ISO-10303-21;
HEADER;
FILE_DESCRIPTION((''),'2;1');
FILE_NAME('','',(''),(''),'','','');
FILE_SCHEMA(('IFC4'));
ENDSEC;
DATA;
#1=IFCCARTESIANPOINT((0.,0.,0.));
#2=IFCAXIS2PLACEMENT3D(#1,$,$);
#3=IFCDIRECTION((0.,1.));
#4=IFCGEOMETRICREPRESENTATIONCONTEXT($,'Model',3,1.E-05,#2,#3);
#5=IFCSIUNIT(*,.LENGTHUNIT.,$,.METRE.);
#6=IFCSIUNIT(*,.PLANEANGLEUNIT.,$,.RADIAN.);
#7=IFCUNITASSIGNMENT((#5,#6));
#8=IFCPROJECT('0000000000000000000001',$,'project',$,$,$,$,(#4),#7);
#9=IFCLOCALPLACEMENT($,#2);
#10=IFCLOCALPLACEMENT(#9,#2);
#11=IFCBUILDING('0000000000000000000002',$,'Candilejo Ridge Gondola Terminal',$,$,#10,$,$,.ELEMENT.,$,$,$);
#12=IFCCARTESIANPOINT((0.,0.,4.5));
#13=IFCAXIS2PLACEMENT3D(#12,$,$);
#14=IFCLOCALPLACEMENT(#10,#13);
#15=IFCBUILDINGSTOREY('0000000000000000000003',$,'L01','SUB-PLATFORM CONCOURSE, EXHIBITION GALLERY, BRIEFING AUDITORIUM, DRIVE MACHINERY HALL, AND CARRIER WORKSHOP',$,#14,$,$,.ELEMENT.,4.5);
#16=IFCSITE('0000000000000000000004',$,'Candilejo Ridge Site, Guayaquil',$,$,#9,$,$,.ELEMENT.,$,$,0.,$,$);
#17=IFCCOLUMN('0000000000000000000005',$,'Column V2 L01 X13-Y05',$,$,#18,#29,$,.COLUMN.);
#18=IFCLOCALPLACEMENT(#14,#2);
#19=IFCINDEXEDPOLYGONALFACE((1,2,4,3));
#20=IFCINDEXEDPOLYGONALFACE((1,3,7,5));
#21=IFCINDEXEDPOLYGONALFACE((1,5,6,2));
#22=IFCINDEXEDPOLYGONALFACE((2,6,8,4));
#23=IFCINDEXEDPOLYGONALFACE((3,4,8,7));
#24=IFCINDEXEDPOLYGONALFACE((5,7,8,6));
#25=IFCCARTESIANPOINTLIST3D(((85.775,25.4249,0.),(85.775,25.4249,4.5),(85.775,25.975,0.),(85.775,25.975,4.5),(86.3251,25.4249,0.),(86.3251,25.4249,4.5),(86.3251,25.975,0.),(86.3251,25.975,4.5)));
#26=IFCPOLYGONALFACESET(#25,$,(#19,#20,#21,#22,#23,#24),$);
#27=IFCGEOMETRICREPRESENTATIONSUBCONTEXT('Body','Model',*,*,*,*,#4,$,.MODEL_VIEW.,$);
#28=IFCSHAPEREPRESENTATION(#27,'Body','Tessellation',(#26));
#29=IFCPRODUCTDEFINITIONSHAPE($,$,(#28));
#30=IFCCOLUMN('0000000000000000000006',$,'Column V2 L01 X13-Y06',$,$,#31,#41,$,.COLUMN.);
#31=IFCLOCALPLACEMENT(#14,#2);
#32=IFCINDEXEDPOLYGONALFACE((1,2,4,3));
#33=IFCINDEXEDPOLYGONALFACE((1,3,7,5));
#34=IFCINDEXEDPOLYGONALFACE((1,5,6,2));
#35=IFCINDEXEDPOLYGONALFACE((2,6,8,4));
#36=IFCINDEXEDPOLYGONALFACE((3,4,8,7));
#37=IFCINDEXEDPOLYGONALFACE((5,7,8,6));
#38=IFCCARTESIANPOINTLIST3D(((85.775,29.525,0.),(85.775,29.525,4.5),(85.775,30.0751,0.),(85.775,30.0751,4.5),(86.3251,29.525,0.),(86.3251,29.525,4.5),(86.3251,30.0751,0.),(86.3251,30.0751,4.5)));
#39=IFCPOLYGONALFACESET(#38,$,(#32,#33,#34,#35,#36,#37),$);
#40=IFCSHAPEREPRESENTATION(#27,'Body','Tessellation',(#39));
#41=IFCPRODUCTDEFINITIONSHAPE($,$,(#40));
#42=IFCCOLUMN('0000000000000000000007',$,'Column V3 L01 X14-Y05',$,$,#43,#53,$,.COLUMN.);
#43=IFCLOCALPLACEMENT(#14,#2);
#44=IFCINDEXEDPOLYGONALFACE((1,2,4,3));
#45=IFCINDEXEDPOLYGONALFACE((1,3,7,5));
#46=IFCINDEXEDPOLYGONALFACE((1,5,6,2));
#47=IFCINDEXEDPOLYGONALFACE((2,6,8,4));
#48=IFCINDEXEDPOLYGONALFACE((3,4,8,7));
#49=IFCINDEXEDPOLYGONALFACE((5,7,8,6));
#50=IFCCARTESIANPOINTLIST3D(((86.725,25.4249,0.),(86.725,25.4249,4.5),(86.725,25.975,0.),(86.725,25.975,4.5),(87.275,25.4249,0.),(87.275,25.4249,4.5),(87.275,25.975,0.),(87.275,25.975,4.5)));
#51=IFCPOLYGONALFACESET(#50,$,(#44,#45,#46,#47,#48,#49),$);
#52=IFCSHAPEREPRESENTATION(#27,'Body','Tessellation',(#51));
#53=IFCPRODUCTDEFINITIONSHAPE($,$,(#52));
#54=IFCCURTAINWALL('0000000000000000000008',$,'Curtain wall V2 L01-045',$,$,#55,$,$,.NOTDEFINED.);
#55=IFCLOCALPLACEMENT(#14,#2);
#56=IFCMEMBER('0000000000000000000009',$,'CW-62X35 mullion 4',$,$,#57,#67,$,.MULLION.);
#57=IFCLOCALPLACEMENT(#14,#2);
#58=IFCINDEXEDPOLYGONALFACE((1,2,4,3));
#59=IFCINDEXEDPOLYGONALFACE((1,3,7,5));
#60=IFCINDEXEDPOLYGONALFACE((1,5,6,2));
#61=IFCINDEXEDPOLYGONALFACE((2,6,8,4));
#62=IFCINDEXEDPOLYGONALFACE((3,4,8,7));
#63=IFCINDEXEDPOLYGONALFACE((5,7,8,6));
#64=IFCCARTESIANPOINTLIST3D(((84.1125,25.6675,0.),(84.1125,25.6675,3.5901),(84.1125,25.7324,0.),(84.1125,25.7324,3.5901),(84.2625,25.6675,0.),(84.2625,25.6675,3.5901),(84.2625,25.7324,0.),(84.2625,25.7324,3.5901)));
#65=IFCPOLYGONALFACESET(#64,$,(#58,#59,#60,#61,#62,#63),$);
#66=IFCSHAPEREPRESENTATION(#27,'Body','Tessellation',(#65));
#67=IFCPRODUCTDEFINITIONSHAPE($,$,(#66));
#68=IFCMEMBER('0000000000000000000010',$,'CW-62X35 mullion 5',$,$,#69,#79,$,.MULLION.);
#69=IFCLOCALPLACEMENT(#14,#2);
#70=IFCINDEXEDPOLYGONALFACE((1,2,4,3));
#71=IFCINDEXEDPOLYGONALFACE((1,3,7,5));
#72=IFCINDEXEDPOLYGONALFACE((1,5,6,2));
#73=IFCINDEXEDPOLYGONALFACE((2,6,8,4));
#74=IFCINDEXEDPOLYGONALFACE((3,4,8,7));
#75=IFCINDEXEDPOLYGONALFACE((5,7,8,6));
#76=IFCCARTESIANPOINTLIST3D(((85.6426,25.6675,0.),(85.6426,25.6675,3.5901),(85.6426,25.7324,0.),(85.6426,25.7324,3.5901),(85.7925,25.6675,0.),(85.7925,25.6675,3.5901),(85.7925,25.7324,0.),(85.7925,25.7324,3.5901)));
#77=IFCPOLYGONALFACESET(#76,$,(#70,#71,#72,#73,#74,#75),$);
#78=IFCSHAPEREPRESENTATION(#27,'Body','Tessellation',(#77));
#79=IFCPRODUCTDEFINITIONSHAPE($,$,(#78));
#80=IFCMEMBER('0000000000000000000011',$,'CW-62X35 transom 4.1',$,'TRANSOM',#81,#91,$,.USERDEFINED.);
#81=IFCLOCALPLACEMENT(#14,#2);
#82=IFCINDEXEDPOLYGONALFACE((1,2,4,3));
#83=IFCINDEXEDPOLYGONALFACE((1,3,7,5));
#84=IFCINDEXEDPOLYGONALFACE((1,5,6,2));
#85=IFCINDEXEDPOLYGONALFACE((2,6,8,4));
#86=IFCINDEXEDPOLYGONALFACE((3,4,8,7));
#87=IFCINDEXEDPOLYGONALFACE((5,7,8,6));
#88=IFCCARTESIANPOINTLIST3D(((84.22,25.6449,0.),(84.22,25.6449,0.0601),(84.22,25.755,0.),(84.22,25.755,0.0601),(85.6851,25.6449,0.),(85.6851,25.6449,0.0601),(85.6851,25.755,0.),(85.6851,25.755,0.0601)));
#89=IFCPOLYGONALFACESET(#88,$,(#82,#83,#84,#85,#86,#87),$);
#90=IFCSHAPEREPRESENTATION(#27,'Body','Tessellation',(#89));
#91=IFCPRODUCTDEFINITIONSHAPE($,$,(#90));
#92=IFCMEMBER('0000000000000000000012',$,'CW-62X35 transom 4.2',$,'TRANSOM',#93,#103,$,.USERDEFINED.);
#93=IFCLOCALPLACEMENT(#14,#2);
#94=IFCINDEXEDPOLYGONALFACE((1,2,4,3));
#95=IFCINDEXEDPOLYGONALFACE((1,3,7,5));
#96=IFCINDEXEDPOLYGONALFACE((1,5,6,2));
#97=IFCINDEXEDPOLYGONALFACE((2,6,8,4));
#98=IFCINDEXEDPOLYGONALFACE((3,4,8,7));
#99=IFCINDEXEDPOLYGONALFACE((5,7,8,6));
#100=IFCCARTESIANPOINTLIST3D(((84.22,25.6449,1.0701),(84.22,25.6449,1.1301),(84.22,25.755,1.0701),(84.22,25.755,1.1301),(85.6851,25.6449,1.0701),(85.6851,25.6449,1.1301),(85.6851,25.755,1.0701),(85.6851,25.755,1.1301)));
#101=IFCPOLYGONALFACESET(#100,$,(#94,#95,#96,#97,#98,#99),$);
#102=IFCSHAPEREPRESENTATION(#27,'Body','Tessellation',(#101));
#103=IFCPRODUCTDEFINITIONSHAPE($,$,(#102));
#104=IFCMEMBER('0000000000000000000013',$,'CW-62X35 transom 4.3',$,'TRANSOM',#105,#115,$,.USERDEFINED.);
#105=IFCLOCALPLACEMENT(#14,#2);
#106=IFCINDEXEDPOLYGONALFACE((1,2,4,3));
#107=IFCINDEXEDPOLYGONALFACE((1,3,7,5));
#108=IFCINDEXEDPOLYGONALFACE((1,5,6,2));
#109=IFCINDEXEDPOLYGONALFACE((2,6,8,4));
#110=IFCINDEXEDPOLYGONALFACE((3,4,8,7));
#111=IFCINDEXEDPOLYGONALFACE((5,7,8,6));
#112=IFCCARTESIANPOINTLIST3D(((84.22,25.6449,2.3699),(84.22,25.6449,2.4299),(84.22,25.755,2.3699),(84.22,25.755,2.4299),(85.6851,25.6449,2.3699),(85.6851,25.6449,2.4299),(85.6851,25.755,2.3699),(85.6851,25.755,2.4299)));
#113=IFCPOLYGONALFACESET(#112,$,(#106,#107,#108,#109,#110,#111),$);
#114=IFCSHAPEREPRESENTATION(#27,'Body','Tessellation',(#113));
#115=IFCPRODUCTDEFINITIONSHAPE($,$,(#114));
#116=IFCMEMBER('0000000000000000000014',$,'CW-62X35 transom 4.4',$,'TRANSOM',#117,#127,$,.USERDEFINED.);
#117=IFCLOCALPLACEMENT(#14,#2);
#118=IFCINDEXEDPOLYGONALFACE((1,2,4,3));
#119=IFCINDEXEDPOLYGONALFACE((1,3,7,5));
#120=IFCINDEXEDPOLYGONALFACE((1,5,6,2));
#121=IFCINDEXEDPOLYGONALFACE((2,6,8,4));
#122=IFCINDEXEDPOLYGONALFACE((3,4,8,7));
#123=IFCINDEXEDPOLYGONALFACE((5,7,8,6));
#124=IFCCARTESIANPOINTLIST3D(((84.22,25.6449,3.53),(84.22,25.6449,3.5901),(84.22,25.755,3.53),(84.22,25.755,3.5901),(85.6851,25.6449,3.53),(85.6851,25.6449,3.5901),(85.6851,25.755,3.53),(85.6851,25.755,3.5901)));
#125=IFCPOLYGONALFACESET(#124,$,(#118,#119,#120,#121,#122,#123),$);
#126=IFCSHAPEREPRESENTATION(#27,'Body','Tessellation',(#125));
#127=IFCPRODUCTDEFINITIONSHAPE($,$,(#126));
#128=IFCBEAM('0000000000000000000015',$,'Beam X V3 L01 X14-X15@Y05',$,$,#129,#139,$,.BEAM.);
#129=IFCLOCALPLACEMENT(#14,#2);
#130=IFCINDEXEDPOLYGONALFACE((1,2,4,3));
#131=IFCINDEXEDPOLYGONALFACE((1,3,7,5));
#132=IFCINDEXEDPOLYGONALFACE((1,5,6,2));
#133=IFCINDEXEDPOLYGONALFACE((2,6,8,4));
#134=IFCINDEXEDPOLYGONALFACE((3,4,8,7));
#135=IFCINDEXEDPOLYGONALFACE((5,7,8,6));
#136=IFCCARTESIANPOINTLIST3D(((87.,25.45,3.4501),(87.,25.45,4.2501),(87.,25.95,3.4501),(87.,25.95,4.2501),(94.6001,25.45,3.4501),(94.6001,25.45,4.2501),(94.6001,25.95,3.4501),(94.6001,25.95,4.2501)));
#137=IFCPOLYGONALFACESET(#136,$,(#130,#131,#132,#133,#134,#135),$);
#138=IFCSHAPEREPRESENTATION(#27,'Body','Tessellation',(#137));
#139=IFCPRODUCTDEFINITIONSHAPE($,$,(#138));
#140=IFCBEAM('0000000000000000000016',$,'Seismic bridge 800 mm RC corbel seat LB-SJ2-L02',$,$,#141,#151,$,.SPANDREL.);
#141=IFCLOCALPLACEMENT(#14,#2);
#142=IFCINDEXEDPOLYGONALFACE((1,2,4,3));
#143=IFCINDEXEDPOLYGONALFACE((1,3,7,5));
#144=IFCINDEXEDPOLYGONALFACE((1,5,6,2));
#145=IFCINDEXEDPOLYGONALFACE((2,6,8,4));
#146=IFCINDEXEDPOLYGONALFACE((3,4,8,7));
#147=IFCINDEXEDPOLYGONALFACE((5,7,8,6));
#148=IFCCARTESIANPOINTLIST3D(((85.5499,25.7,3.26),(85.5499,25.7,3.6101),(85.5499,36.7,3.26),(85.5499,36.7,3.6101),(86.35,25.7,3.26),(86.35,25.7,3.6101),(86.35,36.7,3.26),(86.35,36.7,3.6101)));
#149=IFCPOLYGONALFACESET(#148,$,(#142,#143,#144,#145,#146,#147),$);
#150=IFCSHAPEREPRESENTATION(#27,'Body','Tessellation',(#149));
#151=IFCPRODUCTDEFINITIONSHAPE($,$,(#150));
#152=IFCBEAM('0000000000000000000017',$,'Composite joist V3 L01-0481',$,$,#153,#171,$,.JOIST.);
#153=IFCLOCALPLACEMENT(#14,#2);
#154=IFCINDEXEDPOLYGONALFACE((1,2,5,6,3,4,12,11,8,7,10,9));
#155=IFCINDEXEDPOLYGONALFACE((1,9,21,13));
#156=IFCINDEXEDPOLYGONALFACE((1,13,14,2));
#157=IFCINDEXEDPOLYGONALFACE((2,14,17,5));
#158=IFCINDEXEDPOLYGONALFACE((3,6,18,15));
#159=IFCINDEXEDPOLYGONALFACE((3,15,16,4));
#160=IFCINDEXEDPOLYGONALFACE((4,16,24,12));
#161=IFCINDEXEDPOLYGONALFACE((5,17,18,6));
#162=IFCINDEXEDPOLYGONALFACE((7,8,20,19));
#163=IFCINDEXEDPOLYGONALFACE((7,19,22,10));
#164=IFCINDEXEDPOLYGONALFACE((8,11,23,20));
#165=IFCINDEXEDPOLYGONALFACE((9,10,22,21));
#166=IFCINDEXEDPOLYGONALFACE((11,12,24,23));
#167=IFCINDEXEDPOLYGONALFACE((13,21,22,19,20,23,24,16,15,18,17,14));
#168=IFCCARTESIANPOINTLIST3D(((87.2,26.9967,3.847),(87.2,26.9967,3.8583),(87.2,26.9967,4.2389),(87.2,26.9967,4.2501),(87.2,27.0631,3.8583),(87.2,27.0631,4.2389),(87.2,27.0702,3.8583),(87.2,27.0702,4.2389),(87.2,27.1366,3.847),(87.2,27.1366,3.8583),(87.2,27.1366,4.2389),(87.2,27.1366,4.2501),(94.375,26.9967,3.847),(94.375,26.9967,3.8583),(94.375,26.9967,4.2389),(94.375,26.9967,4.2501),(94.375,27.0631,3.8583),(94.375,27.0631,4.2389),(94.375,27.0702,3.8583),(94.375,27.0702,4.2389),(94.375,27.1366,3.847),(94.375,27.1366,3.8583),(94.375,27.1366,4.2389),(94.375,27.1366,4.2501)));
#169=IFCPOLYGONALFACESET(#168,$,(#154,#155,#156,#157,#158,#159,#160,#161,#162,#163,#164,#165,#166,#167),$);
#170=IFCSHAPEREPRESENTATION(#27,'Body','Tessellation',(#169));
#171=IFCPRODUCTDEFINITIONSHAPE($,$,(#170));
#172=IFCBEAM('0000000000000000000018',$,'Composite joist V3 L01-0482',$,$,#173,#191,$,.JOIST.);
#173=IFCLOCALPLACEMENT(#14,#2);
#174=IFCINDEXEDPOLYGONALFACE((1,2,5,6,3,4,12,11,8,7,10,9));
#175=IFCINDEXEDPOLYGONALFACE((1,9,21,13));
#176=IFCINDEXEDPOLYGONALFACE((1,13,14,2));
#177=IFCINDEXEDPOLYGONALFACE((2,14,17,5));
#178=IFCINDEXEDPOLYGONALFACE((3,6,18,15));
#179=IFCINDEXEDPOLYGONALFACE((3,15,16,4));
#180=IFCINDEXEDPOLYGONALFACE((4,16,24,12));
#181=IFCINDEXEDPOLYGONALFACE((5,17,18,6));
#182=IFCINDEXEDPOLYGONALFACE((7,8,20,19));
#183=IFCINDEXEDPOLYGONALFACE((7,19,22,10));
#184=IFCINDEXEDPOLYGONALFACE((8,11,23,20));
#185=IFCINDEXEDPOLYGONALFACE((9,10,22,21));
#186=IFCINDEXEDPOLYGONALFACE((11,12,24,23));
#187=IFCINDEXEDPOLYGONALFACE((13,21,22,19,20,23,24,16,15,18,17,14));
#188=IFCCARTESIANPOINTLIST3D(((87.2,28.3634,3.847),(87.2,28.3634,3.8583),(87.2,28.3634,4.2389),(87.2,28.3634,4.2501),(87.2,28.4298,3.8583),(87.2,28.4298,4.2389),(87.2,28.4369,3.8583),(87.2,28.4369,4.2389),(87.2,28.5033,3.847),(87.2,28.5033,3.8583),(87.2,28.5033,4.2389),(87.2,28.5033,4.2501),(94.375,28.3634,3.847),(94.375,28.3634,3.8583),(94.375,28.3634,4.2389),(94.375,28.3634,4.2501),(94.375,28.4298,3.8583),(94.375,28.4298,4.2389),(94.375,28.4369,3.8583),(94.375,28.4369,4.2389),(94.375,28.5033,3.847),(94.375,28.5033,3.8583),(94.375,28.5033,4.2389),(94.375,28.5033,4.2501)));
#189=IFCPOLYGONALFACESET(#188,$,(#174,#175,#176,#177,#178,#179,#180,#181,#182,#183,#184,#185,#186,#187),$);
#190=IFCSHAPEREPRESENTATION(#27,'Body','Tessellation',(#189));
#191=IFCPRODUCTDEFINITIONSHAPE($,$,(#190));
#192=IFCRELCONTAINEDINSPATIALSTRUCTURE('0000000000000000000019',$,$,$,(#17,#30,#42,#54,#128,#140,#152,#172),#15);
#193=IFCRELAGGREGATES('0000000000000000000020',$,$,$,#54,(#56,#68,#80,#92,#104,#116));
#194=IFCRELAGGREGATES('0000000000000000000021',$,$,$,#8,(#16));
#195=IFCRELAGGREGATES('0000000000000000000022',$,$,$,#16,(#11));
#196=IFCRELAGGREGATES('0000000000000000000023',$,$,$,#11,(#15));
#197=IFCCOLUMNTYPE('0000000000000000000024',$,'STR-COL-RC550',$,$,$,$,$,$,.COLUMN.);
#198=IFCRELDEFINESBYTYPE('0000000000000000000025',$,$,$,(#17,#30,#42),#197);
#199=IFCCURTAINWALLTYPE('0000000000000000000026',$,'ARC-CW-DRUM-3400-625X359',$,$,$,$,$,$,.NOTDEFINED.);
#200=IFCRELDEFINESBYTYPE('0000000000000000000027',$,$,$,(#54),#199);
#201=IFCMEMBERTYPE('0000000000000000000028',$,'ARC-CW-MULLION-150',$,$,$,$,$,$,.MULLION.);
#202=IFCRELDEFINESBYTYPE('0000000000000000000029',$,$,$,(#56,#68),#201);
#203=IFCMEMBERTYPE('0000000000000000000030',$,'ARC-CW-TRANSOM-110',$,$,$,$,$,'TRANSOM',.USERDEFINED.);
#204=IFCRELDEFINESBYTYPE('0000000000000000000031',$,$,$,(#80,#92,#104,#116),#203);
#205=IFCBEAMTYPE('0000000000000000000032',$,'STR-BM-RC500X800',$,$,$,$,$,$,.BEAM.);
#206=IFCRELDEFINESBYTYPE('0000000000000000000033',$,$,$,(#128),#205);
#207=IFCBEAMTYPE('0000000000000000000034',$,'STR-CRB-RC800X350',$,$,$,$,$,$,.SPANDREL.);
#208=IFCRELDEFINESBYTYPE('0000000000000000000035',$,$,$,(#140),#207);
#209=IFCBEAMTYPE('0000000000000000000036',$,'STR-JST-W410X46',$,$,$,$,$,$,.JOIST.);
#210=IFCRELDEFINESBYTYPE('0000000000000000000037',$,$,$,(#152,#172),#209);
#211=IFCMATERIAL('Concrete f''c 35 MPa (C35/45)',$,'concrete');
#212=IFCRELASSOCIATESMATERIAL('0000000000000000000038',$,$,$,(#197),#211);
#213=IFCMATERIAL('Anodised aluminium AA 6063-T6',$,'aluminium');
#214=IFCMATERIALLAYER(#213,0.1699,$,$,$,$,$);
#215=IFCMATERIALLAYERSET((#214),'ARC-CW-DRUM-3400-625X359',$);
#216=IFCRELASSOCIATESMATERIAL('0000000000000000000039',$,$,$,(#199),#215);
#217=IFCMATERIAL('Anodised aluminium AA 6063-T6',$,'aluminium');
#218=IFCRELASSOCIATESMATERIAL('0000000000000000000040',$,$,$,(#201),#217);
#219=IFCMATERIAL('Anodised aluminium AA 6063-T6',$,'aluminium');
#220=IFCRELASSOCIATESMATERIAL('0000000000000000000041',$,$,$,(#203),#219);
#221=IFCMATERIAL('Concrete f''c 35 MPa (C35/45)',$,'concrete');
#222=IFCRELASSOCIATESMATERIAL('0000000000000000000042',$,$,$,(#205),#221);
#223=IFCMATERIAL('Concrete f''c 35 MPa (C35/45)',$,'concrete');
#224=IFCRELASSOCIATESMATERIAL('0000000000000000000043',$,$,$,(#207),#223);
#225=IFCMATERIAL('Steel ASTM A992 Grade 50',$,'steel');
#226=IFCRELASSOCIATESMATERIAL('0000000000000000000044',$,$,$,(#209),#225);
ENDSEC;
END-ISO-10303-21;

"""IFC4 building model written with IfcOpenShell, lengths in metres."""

from ifc_helpers import new_model, si_unit, direction, frame, origin, origin_2d, place, context, subcontext, project, spatial, rectangle, i_section, extrude, material, layer, layer_set, material_profile, profile_set, type_object, element, aggregate, save


model = new_model("IFC4")

# Units and contexts
model_context = context("Model", 3, precision=1e-05, world=origin(), true_north=direction((0.0, 1.0)))
body_context = subcontext(model_context, "Body", "Model", "MODEL_VIEW")
ifc_project = project(units=[si_unit("LENGTHUNIT", "METRE"), si_unit("PLANEANGLEUNIT", "RADIAN")], contexts=[model_context])

# Site, building, storey
site_placement = place(None, origin())
site = spatial("IfcSite", under=ifc_project, at=site_placement, Name="Candilejo Ridge Site, Guayaquil", CompositionType="ELEMENT", RefElevation=0.0)
building_placement = place(site_placement, origin())
building = spatial("IfcBuilding", under=site, at=building_placement, Name="Candilejo Ridge Gondola Terminal", CompositionType="ELEMENT")
storey_placement = place(building_placement, frame((0.0, 0.0, 4.5)))
storey = spatial("IfcBuildingStorey", under=building, at=storey_placement, Name="L01", Description="SUB-PLATFORM CONCOURSE, EXHIBITION GALLERY, BRIEFING AUDITORIUM, DRIVE MACHINERY HALL, AND CARRIER WORKSHOP", CompositionType="ELEMENT", Elevation=4.5)

# Columns
ifc_material_1 = material(Name="Concrete f'c 35 MPa (C35/45)", Category="concrete")
ifc_material_profile_1 = material_profile(ifc_material_1, rectangle(XDim=0.55, YDim=0.55, at=origin_2d()))
ifc_profile_set_1 = profile_set([ifc_material_profile_1], Name="Concrete f'c 35 MPa (C35/45)")
column_type = type_object("IfcColumnType", Name="STR-COL-RC550", PredefinedType="COLUMN", material=ifc_profile_set_1)
for number, where, z_axis, x_axis, name in (
    (1, (86.05, 25.7, 0.0), (0.0, 0.0, 1.0), (1.0, 0.0, 0.0), "Column V2 L01 X13-Y05"),
    (2, (86.05, 29.8, 0.0), (0.0, 0.0, 1.0), (1.0, 0.0, 0.0), "Column V2 L01 X13-Y06"),
    (3, (87.0, 25.7, 0.0), (0.0, 0.0, 1.0), (1.0, 0.0, 0.0), "Column V3 L01 X14-Y05"),
):
    element("IfcColumn", number, at=place(storey_placement, frame(where, z_axis=z_axis, x_axis=x_axis)), inside=storey, type_object=column_type, Name=name, PredefinedType="COLUMN", context=body_context, shape_type="SweptSolid", body=[
        extrude(rectangle(XDim=0.55, YDim=0.55, at=origin_2d()), origin(), (0.0, 0.0, 1.0), 4.5),
    ])

# Curtain wall, members
ifc_material_2 = material(Name="Anodised aluminium AA 6063-T6", Category="aluminium")
ifc_layer_1 = layer(ifc_material_2, 0.1699)
ifc_layer_set_1 = layer_set([ifc_layer_1], Name="ARC-CW-DRUM-3400-625X359")
curtain_wall_type = type_object("IfcCurtainWallType", Name="ARC-CW-DRUM-3400-625X359", PredefinedType="NOTDEFINED", material=ifc_layer_set_1)
curtain_wall_placement = place(storey_placement, origin())
curtain_wall = element("IfcCurtainWall", 4, at=curtain_wall_placement, inside=storey, type_object=curtain_wall_type, Name="Curtain wall V2 L01-045", PredefinedType="NOTDEFINED")
ifc_material_3 = material(Name="Anodised aluminium AA 6063-T6", Category="aluminium")
ifc_material_profile_2 = material_profile(ifc_material_3, rectangle(XDim=0.0649, YDim=0.1499, at=origin_2d()))
ifc_profile_set_2 = profile_set([ifc_material_profile_2], Name="Anodised aluminium AA 6063-T6")
member_type_1 = type_object("IfcMemberType", Name="ARC-CW-MULLION-150", PredefinedType="MULLION", material=ifc_profile_set_2)
member_1_placement = place(storey_placement, frame((84.1875, 25.7, 0.0), z_axis=(0.0, 0.0, 1.0), x_axis=(0.0, 1.0, 0.0)))
member_1 = element("IfcMember", 5, at=member_1_placement, type_object=member_type_1, Name="CW-62X35 mullion 4", PredefinedType="MULLION", context=body_context, shape_type="SweptSolid", body=[
    extrude(rectangle(XDim=0.0649, YDim=0.1499, at=origin_2d()), origin(), (0.0, 0.0, 1.0), 3.5901),
])
member_2_placement = place(storey_placement, frame((85.7175, 25.7, 0.0), z_axis=(0.0, 0.0, 1.0), x_axis=(0.0, 1.0, 0.0)))
member_2 = element("IfcMember", 6, at=member_2_placement, type_object=member_type_1, Name="CW-62X35 mullion 5", PredefinedType="MULLION", context=body_context, shape_type="SweptSolid", body=[
    extrude(rectangle(XDim=0.0649, YDim=0.1499, at=origin_2d()), origin(), (0.0, 0.0, 1.0), 3.5901),
])
ifc_material_4 = material(Name="Anodised aluminium AA 6063-T6", Category="aluminium")
ifc_material_profile_3 = material_profile(ifc_material_4, rectangle(XDim=0.1101, YDim=0.0601, at=origin_2d()))
ifc_profile_set_3 = profile_set([ifc_material_profile_3], Name="Anodised aluminium AA 6063-T6")
member_type_2 = type_object("IfcMemberType", Name="ARC-CW-TRANSOM-110", ElementType="TRANSOM", PredefinedType="USERDEFINED", material=ifc_profile_set_3)
member_3_placement = place(storey_placement, frame((84.22, 25.7, 0.03), z_axis=(1.0, 0.0, 0.0), x_axis=(0.0, 1.0, 0.0)))
member_3 = element("IfcMember", 7, at=member_3_placement, type_object=member_type_2, Name="CW-62X35 transom 4.1", ObjectType="TRANSOM", PredefinedType="USERDEFINED", context=body_context, shape_type="SweptSolid", body=[
    extrude(rectangle(XDim=0.1101, YDim=0.0601, at=origin_2d()), origin(), (0.0, 0.0, 1.0), 1.4651),
])
member_4_placement = place(storey_placement, frame((84.22, 25.7, 1.1001), z_axis=(1.0, 0.0, 0.0), x_axis=(0.0, 1.0, 0.0)))
member_4 = element("IfcMember", 8, at=member_4_placement, type_object=member_type_2, Name="CW-62X35 transom 4.2", ObjectType="TRANSOM", PredefinedType="USERDEFINED", context=body_context, shape_type="SweptSolid", body=[
    extrude(rectangle(XDim=0.1101, YDim=0.0601, at=origin_2d()), origin(), (0.0, 0.0, 1.0), 1.4651),
])
member_5_placement = place(storey_placement, frame((84.22, 25.7, 2.3999), z_axis=(1.0, 0.0, 0.0), x_axis=(0.0, 1.0, 0.0)))
member_5 = element("IfcMember", 9, at=member_5_placement, type_object=member_type_2, Name="CW-62X35 transom 4.3", ObjectType="TRANSOM", PredefinedType="USERDEFINED", context=body_context, shape_type="SweptSolid", body=[
    extrude(rectangle(XDim=0.1101, YDim=0.0601, at=origin_2d()), origin(), (0.0, 0.0, 1.0), 1.4651),
])
member_6_placement = place(storey_placement, frame((84.22, 25.7, 3.5601), z_axis=(1.0, 0.0, 0.0), x_axis=(0.0, 1.0, 0.0)))
member_6 = element("IfcMember", 10, at=member_6_placement, type_object=member_type_2, Name="CW-62X35 transom 4.4", ObjectType="TRANSOM", PredefinedType="USERDEFINED", context=body_context, shape_type="SweptSolid", body=[
    extrude(rectangle(XDim=0.1101, YDim=0.0601, at=origin_2d()), origin(), (0.0, 0.0, 1.0), 1.4651),
])

# Beams
ifc_material_5 = material(Name="Concrete f'c 35 MPa (C35/45)", Category="concrete")
ifc_material_profile_4 = material_profile(ifc_material_5, rectangle(XDim=0.5, YDim=0.8, at=origin_2d()))
ifc_profile_set_4 = profile_set([ifc_material_profile_4], Name="Concrete f'c 35 MPa (C35/45)")
beam_type_1 = type_object("IfcBeamType", Name="STR-BM-RC500X800", PredefinedType="BEAM", material=ifc_profile_set_4)
beam_1_placement = place(storey_placement, frame((87.0, 25.7, 3.8501), z_axis=(1.0, 0.0, 0.0), x_axis=(0.0, 1.0, 0.0)))
element("IfcBeam", 11, at=beam_1_placement, inside=storey, type_object=beam_type_1, Name="Beam X V3 L01 X14-X15@Y05", PredefinedType="BEAM", context=body_context, shape_type="SweptSolid", body=[
    extrude(rectangle(XDim=0.5, YDim=0.8, at=origin_2d()), origin(), (0.0, 0.0, 1.0), 7.6001),
])
ifc_material_6 = material(Name="Concrete f'c 35 MPa (C35/45)", Category="concrete")
ifc_material_profile_5 = material_profile(ifc_material_6, rectangle(XDim=0.8, YDim=0.3501, at=origin_2d()))
ifc_profile_set_5 = profile_set([ifc_material_profile_5], Name="Concrete f'c 35 MPa (C35/45)")
beam_type_2 = type_object("IfcBeamType", Name="STR-CRB-RC800X350", PredefinedType="SPANDREL", material=ifc_profile_set_5)
beam_2_placement = place(storey_placement, frame((85.95, 25.7, 3.4351), z_axis=(0.0, 1.0, 0.0), x_axis=(-1.0, 0.0, 0.0)))
element("IfcBeam", 12, at=beam_2_placement, inside=storey, type_object=beam_type_2, Name="Seismic bridge 800 mm RC corbel seat LB-SJ2-L02", PredefinedType="SPANDREL", context=body_context, shape_type="SweptSolid", body=[
    extrude(rectangle(XDim=0.8, YDim=0.3501, at=origin_2d()), origin(), (0.0, 0.0, 1.0), 11.0),
])
ifc_material_7 = material(Name="Steel ASTM A992 Grade 50", Category="steel")
ifc_material_profile_6 = material_profile(ifc_material_7, i_section(OverallWidth=0.1399, OverallDepth=0.4031, WebThickness=0.0071, FlangeThickness=0.0112, at=origin_2d()))
ifc_profile_set_6 = profile_set([ifc_material_profile_6], Name="Steel ASTM A992 Grade 50")
beam_type_3 = type_object("IfcBeamType", Name="STR-JST-W410X46", PredefinedType="JOIST", material=ifc_profile_set_6)
for number, where, z_axis, x_axis, name in (
    (13, (87.2, 27.0667, 4.0486), (1.0, 0.0, 0.0), (0.0, 1.0, 0.0), "Composite joist V3 L01-0481"),
    (14, (87.2, 28.4333, 4.0486), (1.0, 0.0, 0.0), (0.0, 1.0, 0.0), "Composite joist V3 L01-0482"),
):
    element("IfcBeam", number, at=place(storey_placement, frame(where, z_axis=z_axis, x_axis=x_axis)), inside=storey, type_object=beam_type_3, Name=name, PredefinedType="JOIST", context=body_context, shape_type="SweptSolid", body=[
        extrude(i_section(OverallWidth=0.1399, OverallDepth=0.4031, WebThickness=0.0071, FlangeThickness=0.0112, at=origin_2d()), origin(), (0.0, 0.0, 1.0), 7.175),
    ])

aggregate(curtain_wall, [member_1, member_2, member_3, member_4, member_5, member_6])

save(model, "model.ifc")
